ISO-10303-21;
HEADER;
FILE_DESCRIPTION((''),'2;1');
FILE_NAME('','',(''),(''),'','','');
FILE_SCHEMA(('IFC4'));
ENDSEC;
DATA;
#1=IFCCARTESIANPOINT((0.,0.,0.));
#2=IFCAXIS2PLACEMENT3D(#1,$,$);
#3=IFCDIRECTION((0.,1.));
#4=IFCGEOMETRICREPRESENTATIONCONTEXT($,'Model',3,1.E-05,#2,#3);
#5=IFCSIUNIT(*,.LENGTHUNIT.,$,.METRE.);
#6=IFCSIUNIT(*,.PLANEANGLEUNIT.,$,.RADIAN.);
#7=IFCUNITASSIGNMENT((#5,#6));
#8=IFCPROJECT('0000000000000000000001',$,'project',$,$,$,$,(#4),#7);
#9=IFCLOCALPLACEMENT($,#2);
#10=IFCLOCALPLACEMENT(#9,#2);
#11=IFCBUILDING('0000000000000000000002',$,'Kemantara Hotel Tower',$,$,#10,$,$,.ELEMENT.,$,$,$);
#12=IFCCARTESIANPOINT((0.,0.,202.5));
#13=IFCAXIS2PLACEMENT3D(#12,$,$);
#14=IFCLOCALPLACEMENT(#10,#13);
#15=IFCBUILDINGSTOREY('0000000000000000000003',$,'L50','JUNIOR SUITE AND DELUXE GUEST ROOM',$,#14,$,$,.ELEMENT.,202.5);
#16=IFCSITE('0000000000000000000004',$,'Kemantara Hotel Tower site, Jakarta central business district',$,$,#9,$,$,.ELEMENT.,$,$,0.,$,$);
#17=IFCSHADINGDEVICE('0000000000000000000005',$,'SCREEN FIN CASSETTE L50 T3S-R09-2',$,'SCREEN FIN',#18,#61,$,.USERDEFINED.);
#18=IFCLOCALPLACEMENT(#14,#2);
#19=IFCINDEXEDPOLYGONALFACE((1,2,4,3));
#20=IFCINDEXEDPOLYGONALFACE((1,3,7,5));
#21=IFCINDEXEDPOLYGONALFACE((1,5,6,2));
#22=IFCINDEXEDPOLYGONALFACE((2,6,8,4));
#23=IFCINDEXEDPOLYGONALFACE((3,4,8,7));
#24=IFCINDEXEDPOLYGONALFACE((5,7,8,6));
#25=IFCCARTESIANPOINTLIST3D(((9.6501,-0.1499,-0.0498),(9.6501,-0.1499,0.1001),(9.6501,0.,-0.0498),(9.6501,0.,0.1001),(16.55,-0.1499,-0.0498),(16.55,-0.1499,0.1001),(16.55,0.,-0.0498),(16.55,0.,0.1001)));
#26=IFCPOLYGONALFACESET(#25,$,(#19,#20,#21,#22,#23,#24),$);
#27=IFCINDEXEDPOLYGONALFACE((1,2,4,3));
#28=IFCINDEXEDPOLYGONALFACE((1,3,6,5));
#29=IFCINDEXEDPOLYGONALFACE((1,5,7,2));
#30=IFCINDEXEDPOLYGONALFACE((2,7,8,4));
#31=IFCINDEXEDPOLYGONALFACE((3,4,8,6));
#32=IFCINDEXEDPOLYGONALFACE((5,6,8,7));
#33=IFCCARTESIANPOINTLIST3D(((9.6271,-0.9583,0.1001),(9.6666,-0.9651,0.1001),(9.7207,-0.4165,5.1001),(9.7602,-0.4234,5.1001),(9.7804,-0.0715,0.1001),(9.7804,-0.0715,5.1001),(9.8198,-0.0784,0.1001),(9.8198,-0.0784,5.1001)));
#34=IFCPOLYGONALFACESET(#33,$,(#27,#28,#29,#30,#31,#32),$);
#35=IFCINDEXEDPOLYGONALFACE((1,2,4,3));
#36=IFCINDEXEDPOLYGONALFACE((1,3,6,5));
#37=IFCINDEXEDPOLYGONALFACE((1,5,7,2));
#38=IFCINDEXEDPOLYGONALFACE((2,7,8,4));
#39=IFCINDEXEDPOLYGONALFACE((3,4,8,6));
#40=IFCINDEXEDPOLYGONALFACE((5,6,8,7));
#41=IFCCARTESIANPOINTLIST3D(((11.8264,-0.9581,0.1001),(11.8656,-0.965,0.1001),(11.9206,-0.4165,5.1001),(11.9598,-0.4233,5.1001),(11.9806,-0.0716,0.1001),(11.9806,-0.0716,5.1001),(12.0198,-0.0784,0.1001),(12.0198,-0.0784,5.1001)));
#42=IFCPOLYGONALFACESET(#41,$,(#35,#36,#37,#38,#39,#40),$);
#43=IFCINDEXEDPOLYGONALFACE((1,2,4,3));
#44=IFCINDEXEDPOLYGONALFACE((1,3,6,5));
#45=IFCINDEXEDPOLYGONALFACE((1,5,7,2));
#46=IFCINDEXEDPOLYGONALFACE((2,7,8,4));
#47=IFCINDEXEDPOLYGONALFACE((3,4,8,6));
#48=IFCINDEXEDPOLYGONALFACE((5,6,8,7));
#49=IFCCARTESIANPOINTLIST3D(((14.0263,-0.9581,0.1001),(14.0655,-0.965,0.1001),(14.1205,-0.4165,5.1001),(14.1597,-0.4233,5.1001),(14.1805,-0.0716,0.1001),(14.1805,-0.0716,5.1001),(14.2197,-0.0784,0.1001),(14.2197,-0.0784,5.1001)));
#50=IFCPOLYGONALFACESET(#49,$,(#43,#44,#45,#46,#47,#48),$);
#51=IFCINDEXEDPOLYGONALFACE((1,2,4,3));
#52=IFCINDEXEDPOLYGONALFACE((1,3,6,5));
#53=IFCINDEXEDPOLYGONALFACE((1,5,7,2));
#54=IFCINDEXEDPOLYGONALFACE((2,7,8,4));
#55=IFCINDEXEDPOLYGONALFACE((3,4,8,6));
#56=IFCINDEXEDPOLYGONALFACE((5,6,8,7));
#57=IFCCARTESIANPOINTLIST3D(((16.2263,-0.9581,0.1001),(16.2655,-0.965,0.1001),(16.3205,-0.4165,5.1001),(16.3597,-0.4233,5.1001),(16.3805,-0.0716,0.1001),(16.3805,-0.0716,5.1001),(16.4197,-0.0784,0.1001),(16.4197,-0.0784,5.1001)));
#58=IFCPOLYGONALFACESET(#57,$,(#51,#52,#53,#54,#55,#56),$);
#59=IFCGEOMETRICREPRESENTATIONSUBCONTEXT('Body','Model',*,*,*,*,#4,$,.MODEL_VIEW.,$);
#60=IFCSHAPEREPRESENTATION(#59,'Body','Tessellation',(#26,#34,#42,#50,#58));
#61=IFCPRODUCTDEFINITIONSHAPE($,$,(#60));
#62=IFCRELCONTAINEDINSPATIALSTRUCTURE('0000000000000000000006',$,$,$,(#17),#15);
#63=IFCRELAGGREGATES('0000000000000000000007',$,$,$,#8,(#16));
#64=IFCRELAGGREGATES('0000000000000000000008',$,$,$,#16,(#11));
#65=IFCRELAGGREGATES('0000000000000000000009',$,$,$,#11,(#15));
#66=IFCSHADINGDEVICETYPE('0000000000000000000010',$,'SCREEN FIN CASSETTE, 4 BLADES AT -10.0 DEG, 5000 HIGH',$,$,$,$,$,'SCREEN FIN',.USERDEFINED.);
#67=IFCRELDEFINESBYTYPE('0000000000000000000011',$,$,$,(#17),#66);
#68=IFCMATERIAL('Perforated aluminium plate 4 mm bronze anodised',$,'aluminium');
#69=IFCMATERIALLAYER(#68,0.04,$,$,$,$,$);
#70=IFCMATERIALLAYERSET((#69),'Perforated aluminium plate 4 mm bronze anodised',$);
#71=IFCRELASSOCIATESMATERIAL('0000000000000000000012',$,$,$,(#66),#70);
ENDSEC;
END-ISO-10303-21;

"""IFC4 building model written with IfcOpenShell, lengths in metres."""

from ifc_helpers import new_model, si_unit, direction, frame, origin, origin_2d, place, context, subcontext, project, spatial, polyline, rectangle, outline, extrude, source, transform, mapped, material, layer, layer_set, type_object, element, save


model = new_model("IFC4")

# Units and contexts
model_context = context("Model", 3, precision=1e-05, world=origin(), true_north=direction((0.0, 1.0)))
body_context = subcontext(model_context, "Body", "Model", "MODEL_VIEW")
ifc_project = project(units=[si_unit("LENGTHUNIT", "METRE"), si_unit("PLANEANGLEUNIT", "RADIAN")], contexts=[model_context])

# Site, building, storey
site_placement = place(None, origin())
site = spatial("IfcSite", under=ifc_project, at=site_placement, Name="Kemantara Hotel Tower site, Jakarta central business district", CompositionType="ELEMENT", RefElevation=0.0)
building_placement = place(site_placement, origin())
building = spatial("IfcBuilding", under=site, at=building_placement, Name="Kemantara Hotel Tower", CompositionType="ELEMENT")
storey_placement = place(building_placement, frame((0.0, 0.0, 202.5)))
storey = spatial("IfcBuildingStorey", under=building, at=storey_placement, Name="L50", Description="JUNIOR SUITE AND DELUXE GUEST ROOM", CompositionType="ELEMENT", Elevation=202.5)

# Shading device
ifc_material_1 = material(Name="Perforated aluminium plate 4 mm bronze anodised", Category="aluminium")
ifc_layer_1 = layer(ifc_material_1, 0.04)
ifc_layer_set_1 = layer_set([ifc_layer_1], Name="Perforated aluminium plate 4 mm bronze anodised")
shading_device_type = type_object("IfcShadingDeviceType", Name="SCREEN FIN CASSETTE, 4 BLADES AT -10.0 DEG, 5000 HIGH", ElementType="SCREEN FIN", PredefinedType="USERDEFINED", material=ifc_layer_set_1)
shared_shape = source(origin(), body_context, "Body", "SweptSolid", [
    extrude(rectangle(XDim=6.8999, YDim=0.1499, at=origin_2d()), frame((3.3, -0.075, -0.1499), z_axis=(0.0, 0.0, 1.0), x_axis=(1.0, 0.0, 0.0)), (0.0, 0.0, 1.0), 0.1499),
    extrude(outline(polyline([(0.0, 0.0), (0.8999, 0.0), (0.3501, 5.0), (0.0, 5.0), (0.0, 0.0)])), frame((0.0198, -0.0784, 0.0), z_axis=(-0.98539, 0.170314, 0.0), x_axis=(-0.170314, -0.98539, 0.0)), (0.0, 0.0, 1.0), 0.04),
    extrude(outline(polyline([(0.0, 0.0), (0.8999, 0.0), (0.3501, 5.0), (0.0, 5.0), (0.0, 0.0)])), frame((2.2197, -0.0784, 0.0), z_axis=(-0.985212, 0.171341, 0.0), x_axis=(-0.171341, -0.985212, 0.0)), (0.0, 0.0, 1.0), 0.0398),
    extrude(outline(polyline([(0.0, 0.0), (0.8999, 0.0), (0.3501, 5.0), (0.0, 5.0), (0.0, 0.0)])), frame((4.4197, -0.0784, 0.0), z_axis=(-0.985212, 0.171341, 0.0), x_axis=(-0.171341, -0.985212, 0.0)), (0.0, 0.0, 1.0), 0.0398),
    extrude(outline(polyline([(0.0, 0.0), (0.8999, 0.0), (0.3501, 5.0), (0.0, 5.0), (0.0, 0.0)])), frame((6.6196, -0.0784, 0.0), z_axis=(-0.985212, 0.171341, 0.0), x_axis=(-0.171341, -0.985212, 0.0)), (0.0, 0.0, 1.0), 0.0398),
])
shading_device_placement = place(storey_placement, frame((9.8, 0.0, 0.1001), z_axis=(0.0, 0.0, 1.0), x_axis=(1.0, 0.0, 0.0)))
element("IfcShadingDevice", 1, at=shading_device_placement, inside=storey, type_object=shading_device_type, Name="SCREEN FIN CASSETTE L50 T3S-R09-2", ObjectType="SCREEN FIN", PredefinedType="USERDEFINED", context=body_context, shape_type="MappedRepresentation", body=[
    mapped(shared_shape, transform((0.0, 0.0, 0.0))),
])

save(model, "model.ifc")
